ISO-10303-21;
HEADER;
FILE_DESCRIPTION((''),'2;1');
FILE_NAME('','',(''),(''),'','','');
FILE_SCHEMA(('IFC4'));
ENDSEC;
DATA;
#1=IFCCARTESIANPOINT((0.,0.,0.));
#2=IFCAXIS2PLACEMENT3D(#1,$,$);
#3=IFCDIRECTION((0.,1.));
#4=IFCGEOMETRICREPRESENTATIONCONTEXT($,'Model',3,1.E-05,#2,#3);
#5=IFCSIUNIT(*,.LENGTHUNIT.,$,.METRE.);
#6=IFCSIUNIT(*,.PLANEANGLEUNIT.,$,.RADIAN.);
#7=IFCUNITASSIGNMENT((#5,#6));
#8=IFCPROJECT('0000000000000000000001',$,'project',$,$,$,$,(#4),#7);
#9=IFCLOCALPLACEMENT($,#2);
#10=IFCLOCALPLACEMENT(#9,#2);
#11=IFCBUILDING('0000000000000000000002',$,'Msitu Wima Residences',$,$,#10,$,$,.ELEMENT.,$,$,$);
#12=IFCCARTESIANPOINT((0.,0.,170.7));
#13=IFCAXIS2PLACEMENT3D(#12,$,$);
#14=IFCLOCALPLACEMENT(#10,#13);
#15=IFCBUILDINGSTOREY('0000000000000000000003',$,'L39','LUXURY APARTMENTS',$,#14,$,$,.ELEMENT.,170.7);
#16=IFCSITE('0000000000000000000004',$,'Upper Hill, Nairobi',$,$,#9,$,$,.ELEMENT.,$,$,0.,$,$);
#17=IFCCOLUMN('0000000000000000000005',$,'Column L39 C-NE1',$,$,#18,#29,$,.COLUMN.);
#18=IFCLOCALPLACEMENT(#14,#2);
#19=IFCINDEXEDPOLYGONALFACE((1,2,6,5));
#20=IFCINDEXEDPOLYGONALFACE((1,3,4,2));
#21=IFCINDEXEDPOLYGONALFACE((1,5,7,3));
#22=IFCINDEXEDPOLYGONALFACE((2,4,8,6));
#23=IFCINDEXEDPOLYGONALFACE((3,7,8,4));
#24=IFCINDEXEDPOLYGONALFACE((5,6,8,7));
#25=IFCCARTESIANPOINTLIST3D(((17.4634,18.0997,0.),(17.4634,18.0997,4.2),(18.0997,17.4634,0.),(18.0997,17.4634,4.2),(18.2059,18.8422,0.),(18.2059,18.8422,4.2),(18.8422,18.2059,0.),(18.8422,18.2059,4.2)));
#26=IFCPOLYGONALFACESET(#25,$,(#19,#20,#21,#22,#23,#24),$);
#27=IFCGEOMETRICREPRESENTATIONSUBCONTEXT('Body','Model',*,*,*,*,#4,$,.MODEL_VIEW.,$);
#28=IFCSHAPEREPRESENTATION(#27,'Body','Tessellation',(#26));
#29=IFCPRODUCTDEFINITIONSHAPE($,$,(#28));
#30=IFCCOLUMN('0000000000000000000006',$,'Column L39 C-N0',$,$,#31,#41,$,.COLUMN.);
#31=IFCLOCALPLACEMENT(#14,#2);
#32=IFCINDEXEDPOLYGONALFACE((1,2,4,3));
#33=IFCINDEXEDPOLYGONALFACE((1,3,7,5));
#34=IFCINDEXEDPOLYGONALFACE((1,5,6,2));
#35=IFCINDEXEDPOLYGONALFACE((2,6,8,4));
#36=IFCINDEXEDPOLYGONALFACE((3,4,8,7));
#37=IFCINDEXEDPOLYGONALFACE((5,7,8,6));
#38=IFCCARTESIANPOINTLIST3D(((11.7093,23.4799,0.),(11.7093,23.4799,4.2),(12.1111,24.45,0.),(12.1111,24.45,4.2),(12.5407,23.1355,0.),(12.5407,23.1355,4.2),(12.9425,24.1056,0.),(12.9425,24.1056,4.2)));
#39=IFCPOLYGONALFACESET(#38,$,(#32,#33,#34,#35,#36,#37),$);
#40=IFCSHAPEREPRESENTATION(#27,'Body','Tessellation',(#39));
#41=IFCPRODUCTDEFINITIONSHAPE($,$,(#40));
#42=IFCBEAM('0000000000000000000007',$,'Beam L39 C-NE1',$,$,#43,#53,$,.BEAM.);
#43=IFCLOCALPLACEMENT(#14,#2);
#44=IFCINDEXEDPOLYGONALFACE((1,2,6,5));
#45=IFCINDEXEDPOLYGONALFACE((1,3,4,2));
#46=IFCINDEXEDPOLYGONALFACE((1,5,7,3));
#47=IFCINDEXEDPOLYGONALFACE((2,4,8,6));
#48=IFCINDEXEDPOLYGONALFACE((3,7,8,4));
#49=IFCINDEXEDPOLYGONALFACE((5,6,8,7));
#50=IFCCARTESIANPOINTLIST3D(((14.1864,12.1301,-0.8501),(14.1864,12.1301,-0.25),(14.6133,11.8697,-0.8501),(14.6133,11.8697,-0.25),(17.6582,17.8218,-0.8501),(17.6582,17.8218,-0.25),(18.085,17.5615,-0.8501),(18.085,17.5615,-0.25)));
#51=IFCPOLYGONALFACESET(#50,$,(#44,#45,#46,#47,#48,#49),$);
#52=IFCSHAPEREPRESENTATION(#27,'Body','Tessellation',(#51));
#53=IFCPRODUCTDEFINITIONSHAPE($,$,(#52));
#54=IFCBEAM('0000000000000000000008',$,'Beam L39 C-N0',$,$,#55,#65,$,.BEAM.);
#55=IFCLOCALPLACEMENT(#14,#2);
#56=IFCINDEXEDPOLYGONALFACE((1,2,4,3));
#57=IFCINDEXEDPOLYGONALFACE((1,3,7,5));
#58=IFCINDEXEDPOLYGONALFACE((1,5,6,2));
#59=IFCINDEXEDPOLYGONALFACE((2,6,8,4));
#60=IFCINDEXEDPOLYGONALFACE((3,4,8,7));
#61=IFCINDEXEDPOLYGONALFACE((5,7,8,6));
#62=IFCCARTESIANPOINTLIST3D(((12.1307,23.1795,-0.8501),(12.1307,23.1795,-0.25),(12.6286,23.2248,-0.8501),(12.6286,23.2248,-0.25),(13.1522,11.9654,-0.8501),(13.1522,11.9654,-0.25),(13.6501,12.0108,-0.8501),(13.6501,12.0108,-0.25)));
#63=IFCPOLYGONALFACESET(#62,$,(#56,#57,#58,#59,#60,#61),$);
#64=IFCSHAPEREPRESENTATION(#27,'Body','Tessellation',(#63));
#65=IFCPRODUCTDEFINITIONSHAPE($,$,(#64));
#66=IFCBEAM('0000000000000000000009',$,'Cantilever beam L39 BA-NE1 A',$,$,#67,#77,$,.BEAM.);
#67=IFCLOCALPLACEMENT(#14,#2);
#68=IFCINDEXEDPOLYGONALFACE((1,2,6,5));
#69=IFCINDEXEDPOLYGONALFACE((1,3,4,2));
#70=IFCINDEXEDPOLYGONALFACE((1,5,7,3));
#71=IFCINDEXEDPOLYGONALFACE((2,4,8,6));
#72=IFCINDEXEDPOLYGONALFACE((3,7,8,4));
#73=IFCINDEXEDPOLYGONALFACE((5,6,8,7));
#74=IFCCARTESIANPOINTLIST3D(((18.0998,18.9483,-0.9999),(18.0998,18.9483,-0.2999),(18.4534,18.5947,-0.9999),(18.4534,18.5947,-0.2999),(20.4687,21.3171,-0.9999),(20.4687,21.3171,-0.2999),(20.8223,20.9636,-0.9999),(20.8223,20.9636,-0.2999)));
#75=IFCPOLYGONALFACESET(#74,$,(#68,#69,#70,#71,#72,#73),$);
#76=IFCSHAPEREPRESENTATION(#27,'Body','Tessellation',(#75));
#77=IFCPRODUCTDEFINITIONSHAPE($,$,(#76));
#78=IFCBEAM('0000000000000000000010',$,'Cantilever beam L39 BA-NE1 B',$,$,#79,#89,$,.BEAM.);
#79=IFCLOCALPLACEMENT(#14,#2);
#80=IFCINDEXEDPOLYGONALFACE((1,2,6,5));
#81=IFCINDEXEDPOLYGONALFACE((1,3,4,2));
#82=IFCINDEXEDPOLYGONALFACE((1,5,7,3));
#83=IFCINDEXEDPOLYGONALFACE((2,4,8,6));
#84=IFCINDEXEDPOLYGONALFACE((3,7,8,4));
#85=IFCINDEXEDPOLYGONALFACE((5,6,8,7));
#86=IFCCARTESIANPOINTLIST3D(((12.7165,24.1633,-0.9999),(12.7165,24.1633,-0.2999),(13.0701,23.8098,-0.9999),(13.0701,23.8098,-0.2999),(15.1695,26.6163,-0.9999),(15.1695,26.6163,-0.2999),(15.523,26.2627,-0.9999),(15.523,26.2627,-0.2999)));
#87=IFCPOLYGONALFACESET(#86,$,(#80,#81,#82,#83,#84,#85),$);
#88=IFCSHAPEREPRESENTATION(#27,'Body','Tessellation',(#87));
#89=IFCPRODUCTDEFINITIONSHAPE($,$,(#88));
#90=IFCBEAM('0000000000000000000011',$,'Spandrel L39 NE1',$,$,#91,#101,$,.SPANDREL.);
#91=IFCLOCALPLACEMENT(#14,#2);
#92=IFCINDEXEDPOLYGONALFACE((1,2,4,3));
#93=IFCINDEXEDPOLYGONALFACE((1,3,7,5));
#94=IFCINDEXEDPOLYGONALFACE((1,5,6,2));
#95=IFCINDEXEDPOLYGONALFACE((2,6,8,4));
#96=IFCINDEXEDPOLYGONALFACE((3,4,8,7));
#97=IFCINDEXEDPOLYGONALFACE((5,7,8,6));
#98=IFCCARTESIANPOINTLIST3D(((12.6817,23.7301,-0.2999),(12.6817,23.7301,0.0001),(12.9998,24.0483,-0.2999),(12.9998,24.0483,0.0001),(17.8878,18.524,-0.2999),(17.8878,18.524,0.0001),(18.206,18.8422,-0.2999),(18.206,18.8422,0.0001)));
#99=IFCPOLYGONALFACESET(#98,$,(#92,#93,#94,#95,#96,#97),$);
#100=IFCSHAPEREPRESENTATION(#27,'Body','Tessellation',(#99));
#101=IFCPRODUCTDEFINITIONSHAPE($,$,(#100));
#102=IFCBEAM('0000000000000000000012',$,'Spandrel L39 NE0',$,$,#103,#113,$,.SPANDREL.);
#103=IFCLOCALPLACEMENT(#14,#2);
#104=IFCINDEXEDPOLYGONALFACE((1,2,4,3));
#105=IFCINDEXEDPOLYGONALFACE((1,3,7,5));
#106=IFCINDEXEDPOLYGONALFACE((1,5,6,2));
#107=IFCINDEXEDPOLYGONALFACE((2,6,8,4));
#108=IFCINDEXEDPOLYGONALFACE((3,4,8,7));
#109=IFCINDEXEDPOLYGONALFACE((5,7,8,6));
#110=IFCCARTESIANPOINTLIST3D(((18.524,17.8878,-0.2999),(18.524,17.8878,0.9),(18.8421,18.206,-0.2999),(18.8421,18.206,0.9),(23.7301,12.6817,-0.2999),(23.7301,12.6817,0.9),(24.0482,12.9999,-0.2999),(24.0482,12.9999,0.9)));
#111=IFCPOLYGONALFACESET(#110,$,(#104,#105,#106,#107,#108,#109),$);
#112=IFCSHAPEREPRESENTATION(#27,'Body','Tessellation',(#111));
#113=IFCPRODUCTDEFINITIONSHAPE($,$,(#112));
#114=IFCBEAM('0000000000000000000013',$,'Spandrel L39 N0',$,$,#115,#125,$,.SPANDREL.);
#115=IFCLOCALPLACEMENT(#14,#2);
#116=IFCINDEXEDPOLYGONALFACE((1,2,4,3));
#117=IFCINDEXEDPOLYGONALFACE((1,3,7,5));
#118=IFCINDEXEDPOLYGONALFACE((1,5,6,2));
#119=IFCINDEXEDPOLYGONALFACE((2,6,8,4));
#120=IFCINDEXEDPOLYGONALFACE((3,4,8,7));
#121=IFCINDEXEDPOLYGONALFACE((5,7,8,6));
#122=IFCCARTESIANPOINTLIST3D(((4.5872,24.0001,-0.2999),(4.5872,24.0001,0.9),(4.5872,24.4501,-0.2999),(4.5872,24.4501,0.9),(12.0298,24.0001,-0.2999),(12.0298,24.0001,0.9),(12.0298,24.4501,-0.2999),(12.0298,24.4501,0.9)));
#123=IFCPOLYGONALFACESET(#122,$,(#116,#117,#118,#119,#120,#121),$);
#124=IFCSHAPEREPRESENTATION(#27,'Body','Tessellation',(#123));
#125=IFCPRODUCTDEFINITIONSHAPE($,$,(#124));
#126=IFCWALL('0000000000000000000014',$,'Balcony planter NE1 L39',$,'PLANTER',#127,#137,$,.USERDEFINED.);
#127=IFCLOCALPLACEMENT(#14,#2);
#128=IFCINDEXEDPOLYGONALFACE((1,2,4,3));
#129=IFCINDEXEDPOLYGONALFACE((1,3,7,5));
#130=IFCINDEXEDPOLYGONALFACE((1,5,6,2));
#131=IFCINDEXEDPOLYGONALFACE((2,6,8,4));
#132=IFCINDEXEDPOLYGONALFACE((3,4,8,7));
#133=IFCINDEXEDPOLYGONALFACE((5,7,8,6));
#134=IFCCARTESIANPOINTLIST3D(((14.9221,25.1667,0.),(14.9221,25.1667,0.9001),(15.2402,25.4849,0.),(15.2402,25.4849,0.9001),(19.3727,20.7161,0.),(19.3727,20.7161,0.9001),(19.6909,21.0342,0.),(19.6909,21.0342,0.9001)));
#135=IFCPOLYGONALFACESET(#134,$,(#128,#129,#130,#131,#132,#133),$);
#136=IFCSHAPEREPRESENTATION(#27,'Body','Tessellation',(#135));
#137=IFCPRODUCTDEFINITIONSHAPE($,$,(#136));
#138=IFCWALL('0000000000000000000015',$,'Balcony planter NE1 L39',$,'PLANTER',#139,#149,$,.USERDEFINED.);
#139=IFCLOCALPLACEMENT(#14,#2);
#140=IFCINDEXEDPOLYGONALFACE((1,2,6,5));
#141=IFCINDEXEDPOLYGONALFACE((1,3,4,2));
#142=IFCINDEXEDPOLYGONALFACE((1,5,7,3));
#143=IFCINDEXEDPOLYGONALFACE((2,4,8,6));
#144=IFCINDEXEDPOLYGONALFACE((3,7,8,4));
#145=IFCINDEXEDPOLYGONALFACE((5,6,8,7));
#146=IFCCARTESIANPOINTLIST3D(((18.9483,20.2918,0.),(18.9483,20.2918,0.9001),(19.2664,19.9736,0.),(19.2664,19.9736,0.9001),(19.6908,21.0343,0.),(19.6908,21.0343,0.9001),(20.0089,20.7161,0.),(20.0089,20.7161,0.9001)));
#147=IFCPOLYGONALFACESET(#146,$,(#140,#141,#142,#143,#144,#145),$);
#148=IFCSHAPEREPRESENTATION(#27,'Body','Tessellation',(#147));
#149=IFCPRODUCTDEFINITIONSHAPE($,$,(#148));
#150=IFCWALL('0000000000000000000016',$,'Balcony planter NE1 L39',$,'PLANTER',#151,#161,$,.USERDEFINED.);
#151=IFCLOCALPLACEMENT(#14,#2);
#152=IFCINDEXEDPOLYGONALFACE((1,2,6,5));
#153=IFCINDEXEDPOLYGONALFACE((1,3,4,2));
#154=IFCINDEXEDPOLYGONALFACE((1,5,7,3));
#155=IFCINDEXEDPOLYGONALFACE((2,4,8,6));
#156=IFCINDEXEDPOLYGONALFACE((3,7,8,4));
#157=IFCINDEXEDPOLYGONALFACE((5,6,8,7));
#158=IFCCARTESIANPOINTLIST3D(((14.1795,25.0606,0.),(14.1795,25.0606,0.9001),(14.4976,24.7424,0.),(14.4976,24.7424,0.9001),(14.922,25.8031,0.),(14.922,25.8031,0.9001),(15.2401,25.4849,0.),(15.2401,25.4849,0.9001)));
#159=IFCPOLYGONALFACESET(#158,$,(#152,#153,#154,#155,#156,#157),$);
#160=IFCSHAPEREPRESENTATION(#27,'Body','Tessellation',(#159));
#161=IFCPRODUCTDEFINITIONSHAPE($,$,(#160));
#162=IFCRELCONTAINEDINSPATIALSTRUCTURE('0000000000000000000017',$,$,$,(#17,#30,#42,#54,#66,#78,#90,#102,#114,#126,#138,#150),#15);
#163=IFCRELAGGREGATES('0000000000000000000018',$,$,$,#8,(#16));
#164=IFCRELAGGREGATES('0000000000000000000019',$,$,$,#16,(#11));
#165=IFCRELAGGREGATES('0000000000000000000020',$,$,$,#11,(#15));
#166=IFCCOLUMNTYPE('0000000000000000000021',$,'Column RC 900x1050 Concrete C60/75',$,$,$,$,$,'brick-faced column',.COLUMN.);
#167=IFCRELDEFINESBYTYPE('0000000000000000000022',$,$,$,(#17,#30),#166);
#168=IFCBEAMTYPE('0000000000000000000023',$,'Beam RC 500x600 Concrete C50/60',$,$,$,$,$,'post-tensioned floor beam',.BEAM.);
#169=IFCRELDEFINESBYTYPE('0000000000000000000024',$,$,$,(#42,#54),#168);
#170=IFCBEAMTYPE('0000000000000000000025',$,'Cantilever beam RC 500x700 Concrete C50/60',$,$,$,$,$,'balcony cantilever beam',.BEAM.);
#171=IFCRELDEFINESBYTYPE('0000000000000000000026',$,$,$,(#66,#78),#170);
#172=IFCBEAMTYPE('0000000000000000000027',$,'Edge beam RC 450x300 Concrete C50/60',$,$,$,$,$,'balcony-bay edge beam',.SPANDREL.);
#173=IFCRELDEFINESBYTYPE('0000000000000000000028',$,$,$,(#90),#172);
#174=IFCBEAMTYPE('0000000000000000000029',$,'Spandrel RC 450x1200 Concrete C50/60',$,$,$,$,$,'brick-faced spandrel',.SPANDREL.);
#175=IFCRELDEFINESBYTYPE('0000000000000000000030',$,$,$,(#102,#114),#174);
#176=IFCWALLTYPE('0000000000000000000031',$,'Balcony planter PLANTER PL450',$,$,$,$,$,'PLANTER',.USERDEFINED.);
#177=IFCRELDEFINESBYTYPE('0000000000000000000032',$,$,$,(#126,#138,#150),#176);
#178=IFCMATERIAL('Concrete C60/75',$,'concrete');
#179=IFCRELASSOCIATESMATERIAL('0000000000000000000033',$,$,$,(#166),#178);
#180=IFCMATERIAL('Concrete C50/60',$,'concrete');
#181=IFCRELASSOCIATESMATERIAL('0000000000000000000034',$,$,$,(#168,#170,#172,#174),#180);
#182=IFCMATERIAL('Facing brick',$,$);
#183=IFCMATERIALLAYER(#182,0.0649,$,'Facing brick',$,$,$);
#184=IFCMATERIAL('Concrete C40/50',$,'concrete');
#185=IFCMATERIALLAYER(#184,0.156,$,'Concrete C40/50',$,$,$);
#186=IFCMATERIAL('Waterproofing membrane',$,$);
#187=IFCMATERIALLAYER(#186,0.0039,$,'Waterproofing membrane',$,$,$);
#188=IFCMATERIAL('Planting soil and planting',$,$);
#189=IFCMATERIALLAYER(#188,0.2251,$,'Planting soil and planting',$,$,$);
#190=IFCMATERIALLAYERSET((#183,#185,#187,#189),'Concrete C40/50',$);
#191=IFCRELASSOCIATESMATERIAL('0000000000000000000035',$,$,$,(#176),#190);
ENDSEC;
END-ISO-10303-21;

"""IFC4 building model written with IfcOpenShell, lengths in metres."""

from ifc_helpers import new_model, si_unit, direction, frame, frame_2d, origin, origin_2d, place, context, subcontext, project, spatial, rectangle, extrude, material, layer, layer_set, material_profile, profile_set, type_object, element, save


model = new_model("IFC4")

# Units and contexts
model_context = context("Model", 3, precision=1e-05, world=origin(), true_north=direction((0.0, 1.0)))
body_context = subcontext(model_context, "Body", "Model", "MODEL_VIEW")
ifc_project = project(units=[si_unit("LENGTHUNIT", "METRE"), si_unit("PLANEANGLEUNIT", "RADIAN")], contexts=[model_context])

# Site, building, storey
site_placement = place(None, origin())
site = spatial("IfcSite", under=ifc_project, at=site_placement, Name="Upper Hill, Nairobi", CompositionType="ELEMENT", RefElevation=0.0)
building_placement = place(site_placement, origin())
building = spatial("IfcBuilding", under=site, at=building_placement, Name="Msitu Wima Residences", CompositionType="ELEMENT")
storey_placement = place(building_placement, frame((0.0, 0.0, 170.7)))
storey = spatial("IfcBuildingStorey", under=building, at=storey_placement, Name="L39", Description="LUXURY APARTMENTS", CompositionType="ELEMENT", Elevation=170.7)

# Columns
ifc_material_1 = material(Name="Concrete C60/75", Category="concrete")
ifc_material_profile_1 = material_profile(ifc_material_1, rectangle(XDim=0.8999, YDim=1.05, at=origin_2d()), Name="RC 900x1050")
ifc_profile_set_1 = profile_set([ifc_material_profile_1], Name="Concrete C60/75")
column_type = type_object("IfcColumnType", Name="Column RC 900x1050 Concrete C60/75", ElementType="brick-faced column", PredefinedType="COLUMN", material=ifc_profile_set_1)
for number, where, z_axis, x_axis, name in (
    (1, (18.1528, 18.1528, 0.0), (0.0, 0.0, 1.0), (-0.707107, 0.707107, 0.0), "Column L39 C-NE1"),
    (2, (12.3259, 23.7927, 0.0), (0.0, 0.0, 1.0), (-0.92388, 0.382683, 0.0), "Column L39 C-N0"),
):
    element("IfcColumn", number, at=place(storey_placement, frame(where, z_axis=z_axis, x_axis=x_axis)), inside=storey, type_object=column_type, Name=name, PredefinedType="COLUMN", context=body_context, shape_type="SweptSolid", body=[
        extrude(rectangle(XDim=0.8999, YDim=1.05, at=origin_2d()), origin(), (0.0, 0.0, 1.0), 4.2),
    ])

# Beams
ifc_material_2 = material(Name="Concrete C50/60", Category="concrete")
ifc_material_profile_2 = material_profile(ifc_material_2, rectangle(XDim=0.5, YDim=0.6001, at=origin_2d()), Name="RC 500x600")
ifc_profile_set_2 = profile_set([ifc_material_profile_2], Name="Concrete C50/60")
beam_type_1 = type_object("IfcBeamType", Name="Beam RC 500x600 Concrete C50/60", ElementType="post-tensioned floor beam", PredefinedType="BEAM", material=ifc_profile_set_2)
beam_1_placement = place(storey_placement, frame((17.8716, 17.6917, -0.55), z_axis=(-0.520734, -0.853719, 0.0), x_axis=(0.853719, -0.520734, 0.0)))
element("IfcBeam", 3, at=beam_1_placement, inside=storey, type_object=beam_type_1, Name="Beam L39 C-NE1", PredefinedType="BEAM", context=body_context, shape_type="SweptSolid", body=[
    extrude(rectangle(XDim=0.5, YDim=0.6001, at=origin_2d()), origin(), (0.0, 0.0, 1.0), 6.667),
])
beam_2_placement = place(storey_placement, frame((12.3796, 23.2021, -0.55), z_axis=(0.090714, -0.995877, 0.0), x_axis=(0.995877, 0.090714, 0.0)))
element("IfcBeam", 4, at=beam_2_placement, inside=storey, type_object=beam_type_1, Name="Beam L39 C-N0", PredefinedType="BEAM", context=body_context, shape_type="SweptSolid", body=[
    extrude(rectangle(XDim=0.5, YDim=0.6001, at=origin_2d()), origin(), (0.0, 0.0, 1.0), 11.2605),
])
ifc_material_profile_3 = material_profile(ifc_material_2, rectangle(XDim=0.5, YDim=0.7, at=origin_2d()), Name="RC 500x700")
ifc_profile_set_3 = profile_set([ifc_material_profile_3], Name="Concrete C50/60")
beam_type_2 = type_object("IfcBeamType", Name="Cantilever beam RC 500x700 Concrete C50/60", ElementType="balcony cantilever beam", PredefinedType="BEAM", material=ifc_profile_set_3)
beam_3_placement = place(storey_placement, frame((18.2766, 18.7715, -0.6499), z_axis=(0.707107, 0.707107, 0.0), x_axis=(-0.707107, 0.707107, 0.0)))
element("IfcBeam", 5, at=beam_3_placement, inside=storey, type_object=beam_type_2, Name="Cantilever beam L39 BA-NE1 A", PredefinedType="BEAM", context=body_context, shape_type="SweptSolid", body=[
    extrude(rectangle(XDim=0.5, YDim=0.7, at=origin_2d()), origin(), (0.0, 0.0, 1.0), 3.3501),
])
beam_4_placement = place(storey_placement, frame((12.8933, 23.9866, -0.6499), z_axis=(0.707107, 0.707107, 0.0), x_axis=(-0.707107, 0.707107, 0.0)))
element("IfcBeam", 6, at=beam_4_placement, inside=storey, type_object=beam_type_2, Name="Cantilever beam L39 BA-NE1 B", PredefinedType="BEAM", context=body_context, shape_type="SweptSolid", body=[
    extrude(rectangle(XDim=0.5, YDim=0.7, at=origin_2d()), origin(), (0.0, 0.0, 1.0), 3.469),
])
ifc_material_profile_4 = material_profile(ifc_material_2, rectangle(XDim=0.45, YDim=0.3, at=origin_2d()), Name="RC 450x300")
ifc_profile_set_4 = profile_set([ifc_material_profile_4], Name="Concrete C50/60")
beam_type_3 = type_object("IfcBeamType", Name="Edge beam RC 450x300 Concrete C50/60", ElementType="balcony-bay edge beam", PredefinedType="SPANDREL", material=ifc_profile_set_4)
beam_5_placement = place(storey_placement, frame((18.0469, 18.6831, -0.1499), z_axis=(-0.707107, 0.707107, 0.0), x_axis=(-0.707107, -0.707107, 0.0)))
element("IfcBeam", 7, at=beam_5_placement, inside=storey, type_object=beam_type_3, Name="Spandrel L39 NE1", PredefinedType="SPANDREL", context=body_context, shape_type="SweptSolid", body=[
    extrude(rectangle(XDim=0.45, YDim=0.3, at=origin_2d()), origin(), (0.0, 0.0, 1.0), 7.3625),
])
ifc_material_profile_5 = material_profile(ifc_material_2, rectangle(XDim=0.45, YDim=1.2, at=origin_2d()), Name="RC 450x1200")
ifc_profile_set_5 = profile_set([ifc_material_profile_5], Name="Concrete C50/60")
beam_type_4 = type_object("IfcBeamType", Name="Spandrel RC 450x1200 Concrete C50/60", ElementType="brick-faced spandrel", PredefinedType="SPANDREL", material=ifc_profile_set_5)
beam_6_placement = place(storey_placement, frame((23.8892, 12.8408, 0.3), z_axis=(-0.707107, 0.707107, 0.0), x_axis=(-0.707107, -0.707107, 0.0)))
element("IfcBeam", 8, at=beam_6_placement, inside=storey, type_object=beam_type_4, Name="Spandrel L39 NE0", PredefinedType="SPANDREL", context=body_context, shape_type="SweptSolid", body=[
    extrude(rectangle(XDim=0.45, YDim=1.2, at=origin_2d()), origin(), (0.0, 0.0, 1.0), 7.3625),
])
beam_7_placement = place(storey_placement, frame((12.0298, 24.2251, 0.3), z_axis=(-1.0, 0.0, 0.0), x_axis=(0.0, -1.0, 0.0)))
element("IfcBeam", 9, at=beam_7_placement, inside=storey, type_object=beam_type_4, Name="Spandrel L39 N0", PredefinedType="SPANDREL", context=body_context, shape_type="SweptSolid", body=[
    extrude(rectangle(XDim=0.45, YDim=1.2, at=origin_2d()), origin(), (0.0, 0.0, 1.0), 7.4426),
])

# Walls
ifc_material_3 = material(Name="Facing brick")
ifc_layer_1 = layer(ifc_material_3, 0.0649, Name="Facing brick")
ifc_material_4 = material(Name="Concrete C40/50", Category="concrete")
ifc_layer_2 = layer(ifc_material_4, 0.156, Name="Concrete C40/50")
ifc_material_5 = material(Name="Waterproofing membrane")
ifc_layer_3 = layer(ifc_material_5, 0.0039, Name="Waterproofing membrane")
ifc_material_6 = material(Name="Planting soil and planting")
ifc_layer_4 = layer(ifc_material_6, 0.2251, Name="Planting soil and planting")
ifc_layer_set_1 = layer_set([ifc_layer_1, ifc_layer_2, ifc_layer_3, ifc_layer_4], Name="Concrete C40/50")
wall_type_1 = type_object("IfcWallType", Name="Balcony planter PLANTER PL450", ElementType="PLANTER", PredefinedType="USERDEFINED", material=ifc_layer_set_1)
wall_1_placement = place(storey_placement, frame((19.5317, 20.8752, 0.0), z_axis=(0.0, 0.0, 1.0), x_axis=(-0.707107, 0.707107, 0.0)))
element("IfcWall", 10, at=wall_1_placement, inside=storey, type_object=wall_type_1, Name="Balcony planter NE1 L39", ObjectType="PLANTER", PredefinedType="USERDEFINED", context=body_context, shape_type="SweptSolid", body=[
    extrude(rectangle(XDim=6.2942, YDim=0.45, at=frame_2d((3.147, 0.0))), origin(), (0.0, 0.0, 1.0), 0.9001),
])
for number, where, z_axis, x_axis, name in (
    (11, (19.1074, 20.1328, 0.0), (0.0, 0.0, 1.0), (0.707107, 0.707107, 0.0), "Balcony planter NE1 L39"),
    (12, (14.3386, 24.9016, 0.0), (0.0, 0.0, 1.0), (0.707107, 0.707107, 0.0), "Balcony planter NE1 L39"),
):
    element("IfcWall", number, at=place(storey_placement, frame(where, z_axis=z_axis, x_axis=x_axis)), inside=storey, type_object=wall_type_1, Name=name, ObjectType="PLANTER", PredefinedType="USERDEFINED", context=body_context, shape_type="SweptSolid", body=[
        extrude(rectangle(XDim=1.05, YDim=0.45, at=frame_2d((0.5249, 0.0))), origin(), (0.0, 0.0, 1.0), 0.9001),
    ])

save(model, "model.ifc")
